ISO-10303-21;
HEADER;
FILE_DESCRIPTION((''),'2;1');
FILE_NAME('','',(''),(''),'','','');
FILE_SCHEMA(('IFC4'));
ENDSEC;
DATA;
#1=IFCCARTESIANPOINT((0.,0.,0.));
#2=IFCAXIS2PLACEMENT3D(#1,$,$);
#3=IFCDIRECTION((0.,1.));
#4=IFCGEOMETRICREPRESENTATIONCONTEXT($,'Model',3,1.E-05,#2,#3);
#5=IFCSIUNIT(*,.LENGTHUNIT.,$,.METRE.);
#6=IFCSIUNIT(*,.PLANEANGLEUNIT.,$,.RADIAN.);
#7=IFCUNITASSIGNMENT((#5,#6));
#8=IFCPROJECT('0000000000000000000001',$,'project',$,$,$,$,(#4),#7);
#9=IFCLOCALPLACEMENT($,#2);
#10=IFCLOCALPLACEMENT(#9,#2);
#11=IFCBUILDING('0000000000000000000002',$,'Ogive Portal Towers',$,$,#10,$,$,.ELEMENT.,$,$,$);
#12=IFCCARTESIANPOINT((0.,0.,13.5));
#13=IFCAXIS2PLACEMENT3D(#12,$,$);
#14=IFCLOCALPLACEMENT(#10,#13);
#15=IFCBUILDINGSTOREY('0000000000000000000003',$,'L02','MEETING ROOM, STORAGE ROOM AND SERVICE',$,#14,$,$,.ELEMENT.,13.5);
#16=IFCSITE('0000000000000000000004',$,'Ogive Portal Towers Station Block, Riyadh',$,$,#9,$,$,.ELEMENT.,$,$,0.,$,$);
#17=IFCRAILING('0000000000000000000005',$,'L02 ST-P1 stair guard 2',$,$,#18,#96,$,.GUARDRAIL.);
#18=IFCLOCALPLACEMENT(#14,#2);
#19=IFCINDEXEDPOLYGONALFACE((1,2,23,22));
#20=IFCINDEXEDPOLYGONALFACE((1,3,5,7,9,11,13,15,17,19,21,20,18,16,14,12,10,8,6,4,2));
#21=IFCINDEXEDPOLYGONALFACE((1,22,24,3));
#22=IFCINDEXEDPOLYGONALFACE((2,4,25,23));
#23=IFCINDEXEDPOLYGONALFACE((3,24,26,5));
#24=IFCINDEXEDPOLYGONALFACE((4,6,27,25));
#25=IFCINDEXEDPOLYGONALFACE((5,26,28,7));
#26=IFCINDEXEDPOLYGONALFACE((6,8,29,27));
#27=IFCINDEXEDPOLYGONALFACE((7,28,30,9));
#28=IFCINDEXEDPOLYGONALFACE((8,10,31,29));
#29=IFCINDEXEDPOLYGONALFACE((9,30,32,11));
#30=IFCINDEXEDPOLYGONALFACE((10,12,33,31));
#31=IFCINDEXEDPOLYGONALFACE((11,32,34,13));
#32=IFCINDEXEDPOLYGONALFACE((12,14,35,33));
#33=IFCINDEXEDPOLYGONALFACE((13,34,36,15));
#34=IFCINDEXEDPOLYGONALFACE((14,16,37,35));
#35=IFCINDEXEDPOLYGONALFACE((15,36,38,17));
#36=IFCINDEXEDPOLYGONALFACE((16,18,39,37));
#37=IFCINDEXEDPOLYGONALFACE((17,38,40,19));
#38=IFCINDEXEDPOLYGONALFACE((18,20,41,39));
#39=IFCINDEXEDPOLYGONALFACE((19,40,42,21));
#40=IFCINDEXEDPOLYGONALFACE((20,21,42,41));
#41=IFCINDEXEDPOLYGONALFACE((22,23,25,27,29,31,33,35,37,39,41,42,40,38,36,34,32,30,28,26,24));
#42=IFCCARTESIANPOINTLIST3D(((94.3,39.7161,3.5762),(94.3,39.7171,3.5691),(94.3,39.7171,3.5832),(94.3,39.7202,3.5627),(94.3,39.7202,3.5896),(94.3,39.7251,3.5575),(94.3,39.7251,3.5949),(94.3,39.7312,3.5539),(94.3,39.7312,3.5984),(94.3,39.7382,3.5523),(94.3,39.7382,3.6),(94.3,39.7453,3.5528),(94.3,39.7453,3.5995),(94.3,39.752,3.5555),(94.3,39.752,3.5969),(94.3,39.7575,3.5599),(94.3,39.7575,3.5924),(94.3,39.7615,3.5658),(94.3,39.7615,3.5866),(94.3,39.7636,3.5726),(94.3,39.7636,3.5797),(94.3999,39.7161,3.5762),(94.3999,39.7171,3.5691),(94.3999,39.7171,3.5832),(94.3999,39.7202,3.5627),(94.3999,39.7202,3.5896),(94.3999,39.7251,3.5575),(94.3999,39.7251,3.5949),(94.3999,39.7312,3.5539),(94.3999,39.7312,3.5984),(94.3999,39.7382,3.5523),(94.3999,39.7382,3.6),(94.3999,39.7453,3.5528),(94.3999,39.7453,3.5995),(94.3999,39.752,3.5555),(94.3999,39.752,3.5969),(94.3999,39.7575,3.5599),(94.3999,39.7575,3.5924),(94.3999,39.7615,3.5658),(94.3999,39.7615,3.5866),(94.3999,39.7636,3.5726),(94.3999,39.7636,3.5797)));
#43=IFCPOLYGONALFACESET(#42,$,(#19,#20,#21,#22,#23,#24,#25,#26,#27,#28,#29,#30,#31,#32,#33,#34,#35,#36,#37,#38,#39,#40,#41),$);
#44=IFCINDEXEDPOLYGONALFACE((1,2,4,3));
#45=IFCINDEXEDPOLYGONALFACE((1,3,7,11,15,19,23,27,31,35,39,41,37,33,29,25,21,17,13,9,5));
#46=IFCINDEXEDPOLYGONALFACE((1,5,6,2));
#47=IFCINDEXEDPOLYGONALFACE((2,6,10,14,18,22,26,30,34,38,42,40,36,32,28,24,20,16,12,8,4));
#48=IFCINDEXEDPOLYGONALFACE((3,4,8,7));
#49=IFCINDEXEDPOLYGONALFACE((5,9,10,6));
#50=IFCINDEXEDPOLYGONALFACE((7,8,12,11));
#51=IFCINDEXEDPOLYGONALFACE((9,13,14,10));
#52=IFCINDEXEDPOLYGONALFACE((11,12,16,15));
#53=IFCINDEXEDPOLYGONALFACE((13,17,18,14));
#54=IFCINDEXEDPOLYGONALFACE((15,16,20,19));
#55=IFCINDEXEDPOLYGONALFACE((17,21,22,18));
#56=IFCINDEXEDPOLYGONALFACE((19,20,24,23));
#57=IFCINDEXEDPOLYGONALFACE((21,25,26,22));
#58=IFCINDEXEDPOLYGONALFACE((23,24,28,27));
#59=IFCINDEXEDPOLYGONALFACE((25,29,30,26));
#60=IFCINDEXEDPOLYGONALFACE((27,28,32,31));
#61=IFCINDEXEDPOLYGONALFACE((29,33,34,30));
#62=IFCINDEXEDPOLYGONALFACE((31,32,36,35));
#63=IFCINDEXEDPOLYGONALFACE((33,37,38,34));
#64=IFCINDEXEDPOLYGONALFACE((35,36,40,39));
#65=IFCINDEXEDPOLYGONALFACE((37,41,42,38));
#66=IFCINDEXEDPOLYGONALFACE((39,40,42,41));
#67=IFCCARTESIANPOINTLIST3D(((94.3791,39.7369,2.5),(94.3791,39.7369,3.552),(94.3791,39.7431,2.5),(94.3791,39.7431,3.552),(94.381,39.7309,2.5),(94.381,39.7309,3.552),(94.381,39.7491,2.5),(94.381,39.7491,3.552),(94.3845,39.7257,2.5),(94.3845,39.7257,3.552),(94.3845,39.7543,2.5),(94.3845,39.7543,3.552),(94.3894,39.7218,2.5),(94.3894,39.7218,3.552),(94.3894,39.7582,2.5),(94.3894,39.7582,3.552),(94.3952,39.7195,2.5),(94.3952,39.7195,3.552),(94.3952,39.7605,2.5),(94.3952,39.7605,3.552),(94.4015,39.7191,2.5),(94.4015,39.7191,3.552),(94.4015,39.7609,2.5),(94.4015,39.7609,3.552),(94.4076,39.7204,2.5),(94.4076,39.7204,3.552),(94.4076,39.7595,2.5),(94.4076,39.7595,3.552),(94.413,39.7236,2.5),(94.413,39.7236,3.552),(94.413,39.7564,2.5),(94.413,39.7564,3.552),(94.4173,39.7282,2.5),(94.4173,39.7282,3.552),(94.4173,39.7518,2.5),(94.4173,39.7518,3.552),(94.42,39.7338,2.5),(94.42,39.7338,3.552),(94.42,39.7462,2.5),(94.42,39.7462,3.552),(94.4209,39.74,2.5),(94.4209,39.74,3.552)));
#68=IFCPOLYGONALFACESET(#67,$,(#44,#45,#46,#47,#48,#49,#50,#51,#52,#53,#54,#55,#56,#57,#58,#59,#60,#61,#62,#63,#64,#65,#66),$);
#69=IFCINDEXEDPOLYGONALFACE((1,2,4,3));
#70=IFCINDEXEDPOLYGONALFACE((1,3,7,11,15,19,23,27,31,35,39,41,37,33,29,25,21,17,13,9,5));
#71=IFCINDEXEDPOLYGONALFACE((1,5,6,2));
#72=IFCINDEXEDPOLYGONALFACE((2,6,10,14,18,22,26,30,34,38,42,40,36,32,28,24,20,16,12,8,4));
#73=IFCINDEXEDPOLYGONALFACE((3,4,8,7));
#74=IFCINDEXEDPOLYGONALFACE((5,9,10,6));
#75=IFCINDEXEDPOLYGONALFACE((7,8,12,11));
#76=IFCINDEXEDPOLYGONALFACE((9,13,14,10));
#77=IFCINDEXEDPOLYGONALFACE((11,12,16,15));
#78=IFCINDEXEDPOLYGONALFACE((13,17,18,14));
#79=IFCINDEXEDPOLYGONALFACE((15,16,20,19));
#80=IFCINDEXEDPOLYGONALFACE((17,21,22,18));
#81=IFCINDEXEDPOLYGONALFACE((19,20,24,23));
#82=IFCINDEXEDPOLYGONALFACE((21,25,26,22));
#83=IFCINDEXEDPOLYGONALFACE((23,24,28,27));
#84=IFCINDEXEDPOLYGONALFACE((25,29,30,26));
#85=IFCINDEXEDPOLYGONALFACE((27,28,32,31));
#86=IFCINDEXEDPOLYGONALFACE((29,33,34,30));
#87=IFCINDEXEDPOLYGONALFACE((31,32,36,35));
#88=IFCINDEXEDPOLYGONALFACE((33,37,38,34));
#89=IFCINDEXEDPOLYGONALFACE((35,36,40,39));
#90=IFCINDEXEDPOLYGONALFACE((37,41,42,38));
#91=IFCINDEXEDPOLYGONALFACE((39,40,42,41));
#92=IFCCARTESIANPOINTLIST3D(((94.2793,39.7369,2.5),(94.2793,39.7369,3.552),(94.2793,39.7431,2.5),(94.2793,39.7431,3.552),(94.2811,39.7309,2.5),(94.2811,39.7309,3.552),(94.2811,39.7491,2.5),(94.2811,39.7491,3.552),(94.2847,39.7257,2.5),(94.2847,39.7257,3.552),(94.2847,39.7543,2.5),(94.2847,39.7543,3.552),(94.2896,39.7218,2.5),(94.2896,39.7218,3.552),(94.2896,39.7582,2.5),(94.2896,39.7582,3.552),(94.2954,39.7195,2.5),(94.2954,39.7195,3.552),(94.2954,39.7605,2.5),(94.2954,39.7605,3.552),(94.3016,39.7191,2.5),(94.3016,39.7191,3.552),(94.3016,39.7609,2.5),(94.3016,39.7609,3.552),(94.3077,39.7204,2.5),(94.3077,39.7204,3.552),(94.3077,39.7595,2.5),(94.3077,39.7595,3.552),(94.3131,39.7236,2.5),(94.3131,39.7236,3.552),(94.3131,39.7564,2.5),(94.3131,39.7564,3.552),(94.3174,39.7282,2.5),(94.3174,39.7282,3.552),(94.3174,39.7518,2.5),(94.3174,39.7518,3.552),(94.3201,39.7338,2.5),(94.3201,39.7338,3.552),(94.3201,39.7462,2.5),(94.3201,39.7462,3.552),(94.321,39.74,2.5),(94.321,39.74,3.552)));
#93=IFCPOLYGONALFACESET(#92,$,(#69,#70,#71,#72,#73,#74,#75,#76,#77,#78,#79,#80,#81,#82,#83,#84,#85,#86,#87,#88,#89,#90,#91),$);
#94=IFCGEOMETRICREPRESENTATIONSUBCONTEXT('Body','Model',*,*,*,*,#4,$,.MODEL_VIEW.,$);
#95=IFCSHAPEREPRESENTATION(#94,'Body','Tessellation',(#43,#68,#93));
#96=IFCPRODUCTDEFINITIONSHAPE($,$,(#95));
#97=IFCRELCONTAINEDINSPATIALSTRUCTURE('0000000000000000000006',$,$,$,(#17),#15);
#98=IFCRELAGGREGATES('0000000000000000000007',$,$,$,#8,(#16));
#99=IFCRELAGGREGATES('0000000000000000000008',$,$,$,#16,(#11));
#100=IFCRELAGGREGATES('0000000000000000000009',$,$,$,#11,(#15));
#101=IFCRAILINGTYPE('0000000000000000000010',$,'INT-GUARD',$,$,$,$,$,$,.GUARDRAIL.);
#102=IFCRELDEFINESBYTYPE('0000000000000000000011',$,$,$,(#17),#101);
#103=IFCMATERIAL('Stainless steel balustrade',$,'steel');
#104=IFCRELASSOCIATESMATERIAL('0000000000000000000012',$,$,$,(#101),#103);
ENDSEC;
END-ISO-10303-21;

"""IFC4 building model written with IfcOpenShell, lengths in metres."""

from ifc_helpers import new_model, si_unit, direction, frame, origin, origin_2d, place, context, subcontext, project, spatial, circle, extrude, material, type_object, element, save


model = new_model("IFC4")

# Units and contexts
model_context = context("Model", 3, precision=1e-05, world=origin(), true_north=direction((0.0, 1.0)))
body_context = subcontext(model_context, "Body", "Model", "MODEL_VIEW")
ifc_project = project(units=[si_unit("LENGTHUNIT", "METRE"), si_unit("PLANEANGLEUNIT", "RADIAN")], contexts=[model_context])

# Site, building, storey
site_placement = place(None, origin())
site = spatial("IfcSite", under=ifc_project, at=site_placement, Name="Ogive Portal Towers Station Block, Riyadh", CompositionType="ELEMENT", RefElevation=0.0)
building_placement = place(site_placement, origin())
building = spatial("IfcBuilding", under=site, at=building_placement, Name="Ogive Portal Towers", CompositionType="ELEMENT")
storey_placement = place(building_placement, frame((0.0, 0.0, 13.5)))
storey = spatial("IfcBuildingStorey", under=building, at=storey_placement, Name="L02", Description="MEETING ROOM, STORAGE ROOM AND SERVICE", CompositionType="ELEMENT", Elevation=13.5)

# Railing
ifc_material_1 = material(Name="Stainless steel balustrade", Category="steel")
railing_type_1 = type_object("IfcRailingType", Name="INT-GUARD", PredefinedType="GUARDRAIL", material=ifc_material_1)
railing_1_placement = place(storey_placement, frame((94.3999, 39.74, 2.5)))
element("IfcRailing", 1, at=railing_1_placement, inside=storey, type_object=railing_type_1, Name="L02 ST-P1 stair guard 2", PredefinedType="GUARDRAIL", context=body_context, shape_type="SweptSolid", body=[
    extrude(circle(Radius=0.0239, at=origin_2d()), frame((0.0, 0.0, 1.0762), z_axis=(-1.0, 0.0, 0.0), x_axis=(0.0, -1.0, 0.0)), (0.0, 0.0, 1.0), 0.0999),
    extrude(circle(Radius=0.021, at=origin_2d()), origin(), (0.0, 0.0, 1.0), 1.052),
    extrude(circle(Radius=0.021, at=origin_2d()), frame((-0.0999, 0.0, 0.0)), (0.0, 0.0, 1.0), 1.052),
])

save(model, "model.ifc")
